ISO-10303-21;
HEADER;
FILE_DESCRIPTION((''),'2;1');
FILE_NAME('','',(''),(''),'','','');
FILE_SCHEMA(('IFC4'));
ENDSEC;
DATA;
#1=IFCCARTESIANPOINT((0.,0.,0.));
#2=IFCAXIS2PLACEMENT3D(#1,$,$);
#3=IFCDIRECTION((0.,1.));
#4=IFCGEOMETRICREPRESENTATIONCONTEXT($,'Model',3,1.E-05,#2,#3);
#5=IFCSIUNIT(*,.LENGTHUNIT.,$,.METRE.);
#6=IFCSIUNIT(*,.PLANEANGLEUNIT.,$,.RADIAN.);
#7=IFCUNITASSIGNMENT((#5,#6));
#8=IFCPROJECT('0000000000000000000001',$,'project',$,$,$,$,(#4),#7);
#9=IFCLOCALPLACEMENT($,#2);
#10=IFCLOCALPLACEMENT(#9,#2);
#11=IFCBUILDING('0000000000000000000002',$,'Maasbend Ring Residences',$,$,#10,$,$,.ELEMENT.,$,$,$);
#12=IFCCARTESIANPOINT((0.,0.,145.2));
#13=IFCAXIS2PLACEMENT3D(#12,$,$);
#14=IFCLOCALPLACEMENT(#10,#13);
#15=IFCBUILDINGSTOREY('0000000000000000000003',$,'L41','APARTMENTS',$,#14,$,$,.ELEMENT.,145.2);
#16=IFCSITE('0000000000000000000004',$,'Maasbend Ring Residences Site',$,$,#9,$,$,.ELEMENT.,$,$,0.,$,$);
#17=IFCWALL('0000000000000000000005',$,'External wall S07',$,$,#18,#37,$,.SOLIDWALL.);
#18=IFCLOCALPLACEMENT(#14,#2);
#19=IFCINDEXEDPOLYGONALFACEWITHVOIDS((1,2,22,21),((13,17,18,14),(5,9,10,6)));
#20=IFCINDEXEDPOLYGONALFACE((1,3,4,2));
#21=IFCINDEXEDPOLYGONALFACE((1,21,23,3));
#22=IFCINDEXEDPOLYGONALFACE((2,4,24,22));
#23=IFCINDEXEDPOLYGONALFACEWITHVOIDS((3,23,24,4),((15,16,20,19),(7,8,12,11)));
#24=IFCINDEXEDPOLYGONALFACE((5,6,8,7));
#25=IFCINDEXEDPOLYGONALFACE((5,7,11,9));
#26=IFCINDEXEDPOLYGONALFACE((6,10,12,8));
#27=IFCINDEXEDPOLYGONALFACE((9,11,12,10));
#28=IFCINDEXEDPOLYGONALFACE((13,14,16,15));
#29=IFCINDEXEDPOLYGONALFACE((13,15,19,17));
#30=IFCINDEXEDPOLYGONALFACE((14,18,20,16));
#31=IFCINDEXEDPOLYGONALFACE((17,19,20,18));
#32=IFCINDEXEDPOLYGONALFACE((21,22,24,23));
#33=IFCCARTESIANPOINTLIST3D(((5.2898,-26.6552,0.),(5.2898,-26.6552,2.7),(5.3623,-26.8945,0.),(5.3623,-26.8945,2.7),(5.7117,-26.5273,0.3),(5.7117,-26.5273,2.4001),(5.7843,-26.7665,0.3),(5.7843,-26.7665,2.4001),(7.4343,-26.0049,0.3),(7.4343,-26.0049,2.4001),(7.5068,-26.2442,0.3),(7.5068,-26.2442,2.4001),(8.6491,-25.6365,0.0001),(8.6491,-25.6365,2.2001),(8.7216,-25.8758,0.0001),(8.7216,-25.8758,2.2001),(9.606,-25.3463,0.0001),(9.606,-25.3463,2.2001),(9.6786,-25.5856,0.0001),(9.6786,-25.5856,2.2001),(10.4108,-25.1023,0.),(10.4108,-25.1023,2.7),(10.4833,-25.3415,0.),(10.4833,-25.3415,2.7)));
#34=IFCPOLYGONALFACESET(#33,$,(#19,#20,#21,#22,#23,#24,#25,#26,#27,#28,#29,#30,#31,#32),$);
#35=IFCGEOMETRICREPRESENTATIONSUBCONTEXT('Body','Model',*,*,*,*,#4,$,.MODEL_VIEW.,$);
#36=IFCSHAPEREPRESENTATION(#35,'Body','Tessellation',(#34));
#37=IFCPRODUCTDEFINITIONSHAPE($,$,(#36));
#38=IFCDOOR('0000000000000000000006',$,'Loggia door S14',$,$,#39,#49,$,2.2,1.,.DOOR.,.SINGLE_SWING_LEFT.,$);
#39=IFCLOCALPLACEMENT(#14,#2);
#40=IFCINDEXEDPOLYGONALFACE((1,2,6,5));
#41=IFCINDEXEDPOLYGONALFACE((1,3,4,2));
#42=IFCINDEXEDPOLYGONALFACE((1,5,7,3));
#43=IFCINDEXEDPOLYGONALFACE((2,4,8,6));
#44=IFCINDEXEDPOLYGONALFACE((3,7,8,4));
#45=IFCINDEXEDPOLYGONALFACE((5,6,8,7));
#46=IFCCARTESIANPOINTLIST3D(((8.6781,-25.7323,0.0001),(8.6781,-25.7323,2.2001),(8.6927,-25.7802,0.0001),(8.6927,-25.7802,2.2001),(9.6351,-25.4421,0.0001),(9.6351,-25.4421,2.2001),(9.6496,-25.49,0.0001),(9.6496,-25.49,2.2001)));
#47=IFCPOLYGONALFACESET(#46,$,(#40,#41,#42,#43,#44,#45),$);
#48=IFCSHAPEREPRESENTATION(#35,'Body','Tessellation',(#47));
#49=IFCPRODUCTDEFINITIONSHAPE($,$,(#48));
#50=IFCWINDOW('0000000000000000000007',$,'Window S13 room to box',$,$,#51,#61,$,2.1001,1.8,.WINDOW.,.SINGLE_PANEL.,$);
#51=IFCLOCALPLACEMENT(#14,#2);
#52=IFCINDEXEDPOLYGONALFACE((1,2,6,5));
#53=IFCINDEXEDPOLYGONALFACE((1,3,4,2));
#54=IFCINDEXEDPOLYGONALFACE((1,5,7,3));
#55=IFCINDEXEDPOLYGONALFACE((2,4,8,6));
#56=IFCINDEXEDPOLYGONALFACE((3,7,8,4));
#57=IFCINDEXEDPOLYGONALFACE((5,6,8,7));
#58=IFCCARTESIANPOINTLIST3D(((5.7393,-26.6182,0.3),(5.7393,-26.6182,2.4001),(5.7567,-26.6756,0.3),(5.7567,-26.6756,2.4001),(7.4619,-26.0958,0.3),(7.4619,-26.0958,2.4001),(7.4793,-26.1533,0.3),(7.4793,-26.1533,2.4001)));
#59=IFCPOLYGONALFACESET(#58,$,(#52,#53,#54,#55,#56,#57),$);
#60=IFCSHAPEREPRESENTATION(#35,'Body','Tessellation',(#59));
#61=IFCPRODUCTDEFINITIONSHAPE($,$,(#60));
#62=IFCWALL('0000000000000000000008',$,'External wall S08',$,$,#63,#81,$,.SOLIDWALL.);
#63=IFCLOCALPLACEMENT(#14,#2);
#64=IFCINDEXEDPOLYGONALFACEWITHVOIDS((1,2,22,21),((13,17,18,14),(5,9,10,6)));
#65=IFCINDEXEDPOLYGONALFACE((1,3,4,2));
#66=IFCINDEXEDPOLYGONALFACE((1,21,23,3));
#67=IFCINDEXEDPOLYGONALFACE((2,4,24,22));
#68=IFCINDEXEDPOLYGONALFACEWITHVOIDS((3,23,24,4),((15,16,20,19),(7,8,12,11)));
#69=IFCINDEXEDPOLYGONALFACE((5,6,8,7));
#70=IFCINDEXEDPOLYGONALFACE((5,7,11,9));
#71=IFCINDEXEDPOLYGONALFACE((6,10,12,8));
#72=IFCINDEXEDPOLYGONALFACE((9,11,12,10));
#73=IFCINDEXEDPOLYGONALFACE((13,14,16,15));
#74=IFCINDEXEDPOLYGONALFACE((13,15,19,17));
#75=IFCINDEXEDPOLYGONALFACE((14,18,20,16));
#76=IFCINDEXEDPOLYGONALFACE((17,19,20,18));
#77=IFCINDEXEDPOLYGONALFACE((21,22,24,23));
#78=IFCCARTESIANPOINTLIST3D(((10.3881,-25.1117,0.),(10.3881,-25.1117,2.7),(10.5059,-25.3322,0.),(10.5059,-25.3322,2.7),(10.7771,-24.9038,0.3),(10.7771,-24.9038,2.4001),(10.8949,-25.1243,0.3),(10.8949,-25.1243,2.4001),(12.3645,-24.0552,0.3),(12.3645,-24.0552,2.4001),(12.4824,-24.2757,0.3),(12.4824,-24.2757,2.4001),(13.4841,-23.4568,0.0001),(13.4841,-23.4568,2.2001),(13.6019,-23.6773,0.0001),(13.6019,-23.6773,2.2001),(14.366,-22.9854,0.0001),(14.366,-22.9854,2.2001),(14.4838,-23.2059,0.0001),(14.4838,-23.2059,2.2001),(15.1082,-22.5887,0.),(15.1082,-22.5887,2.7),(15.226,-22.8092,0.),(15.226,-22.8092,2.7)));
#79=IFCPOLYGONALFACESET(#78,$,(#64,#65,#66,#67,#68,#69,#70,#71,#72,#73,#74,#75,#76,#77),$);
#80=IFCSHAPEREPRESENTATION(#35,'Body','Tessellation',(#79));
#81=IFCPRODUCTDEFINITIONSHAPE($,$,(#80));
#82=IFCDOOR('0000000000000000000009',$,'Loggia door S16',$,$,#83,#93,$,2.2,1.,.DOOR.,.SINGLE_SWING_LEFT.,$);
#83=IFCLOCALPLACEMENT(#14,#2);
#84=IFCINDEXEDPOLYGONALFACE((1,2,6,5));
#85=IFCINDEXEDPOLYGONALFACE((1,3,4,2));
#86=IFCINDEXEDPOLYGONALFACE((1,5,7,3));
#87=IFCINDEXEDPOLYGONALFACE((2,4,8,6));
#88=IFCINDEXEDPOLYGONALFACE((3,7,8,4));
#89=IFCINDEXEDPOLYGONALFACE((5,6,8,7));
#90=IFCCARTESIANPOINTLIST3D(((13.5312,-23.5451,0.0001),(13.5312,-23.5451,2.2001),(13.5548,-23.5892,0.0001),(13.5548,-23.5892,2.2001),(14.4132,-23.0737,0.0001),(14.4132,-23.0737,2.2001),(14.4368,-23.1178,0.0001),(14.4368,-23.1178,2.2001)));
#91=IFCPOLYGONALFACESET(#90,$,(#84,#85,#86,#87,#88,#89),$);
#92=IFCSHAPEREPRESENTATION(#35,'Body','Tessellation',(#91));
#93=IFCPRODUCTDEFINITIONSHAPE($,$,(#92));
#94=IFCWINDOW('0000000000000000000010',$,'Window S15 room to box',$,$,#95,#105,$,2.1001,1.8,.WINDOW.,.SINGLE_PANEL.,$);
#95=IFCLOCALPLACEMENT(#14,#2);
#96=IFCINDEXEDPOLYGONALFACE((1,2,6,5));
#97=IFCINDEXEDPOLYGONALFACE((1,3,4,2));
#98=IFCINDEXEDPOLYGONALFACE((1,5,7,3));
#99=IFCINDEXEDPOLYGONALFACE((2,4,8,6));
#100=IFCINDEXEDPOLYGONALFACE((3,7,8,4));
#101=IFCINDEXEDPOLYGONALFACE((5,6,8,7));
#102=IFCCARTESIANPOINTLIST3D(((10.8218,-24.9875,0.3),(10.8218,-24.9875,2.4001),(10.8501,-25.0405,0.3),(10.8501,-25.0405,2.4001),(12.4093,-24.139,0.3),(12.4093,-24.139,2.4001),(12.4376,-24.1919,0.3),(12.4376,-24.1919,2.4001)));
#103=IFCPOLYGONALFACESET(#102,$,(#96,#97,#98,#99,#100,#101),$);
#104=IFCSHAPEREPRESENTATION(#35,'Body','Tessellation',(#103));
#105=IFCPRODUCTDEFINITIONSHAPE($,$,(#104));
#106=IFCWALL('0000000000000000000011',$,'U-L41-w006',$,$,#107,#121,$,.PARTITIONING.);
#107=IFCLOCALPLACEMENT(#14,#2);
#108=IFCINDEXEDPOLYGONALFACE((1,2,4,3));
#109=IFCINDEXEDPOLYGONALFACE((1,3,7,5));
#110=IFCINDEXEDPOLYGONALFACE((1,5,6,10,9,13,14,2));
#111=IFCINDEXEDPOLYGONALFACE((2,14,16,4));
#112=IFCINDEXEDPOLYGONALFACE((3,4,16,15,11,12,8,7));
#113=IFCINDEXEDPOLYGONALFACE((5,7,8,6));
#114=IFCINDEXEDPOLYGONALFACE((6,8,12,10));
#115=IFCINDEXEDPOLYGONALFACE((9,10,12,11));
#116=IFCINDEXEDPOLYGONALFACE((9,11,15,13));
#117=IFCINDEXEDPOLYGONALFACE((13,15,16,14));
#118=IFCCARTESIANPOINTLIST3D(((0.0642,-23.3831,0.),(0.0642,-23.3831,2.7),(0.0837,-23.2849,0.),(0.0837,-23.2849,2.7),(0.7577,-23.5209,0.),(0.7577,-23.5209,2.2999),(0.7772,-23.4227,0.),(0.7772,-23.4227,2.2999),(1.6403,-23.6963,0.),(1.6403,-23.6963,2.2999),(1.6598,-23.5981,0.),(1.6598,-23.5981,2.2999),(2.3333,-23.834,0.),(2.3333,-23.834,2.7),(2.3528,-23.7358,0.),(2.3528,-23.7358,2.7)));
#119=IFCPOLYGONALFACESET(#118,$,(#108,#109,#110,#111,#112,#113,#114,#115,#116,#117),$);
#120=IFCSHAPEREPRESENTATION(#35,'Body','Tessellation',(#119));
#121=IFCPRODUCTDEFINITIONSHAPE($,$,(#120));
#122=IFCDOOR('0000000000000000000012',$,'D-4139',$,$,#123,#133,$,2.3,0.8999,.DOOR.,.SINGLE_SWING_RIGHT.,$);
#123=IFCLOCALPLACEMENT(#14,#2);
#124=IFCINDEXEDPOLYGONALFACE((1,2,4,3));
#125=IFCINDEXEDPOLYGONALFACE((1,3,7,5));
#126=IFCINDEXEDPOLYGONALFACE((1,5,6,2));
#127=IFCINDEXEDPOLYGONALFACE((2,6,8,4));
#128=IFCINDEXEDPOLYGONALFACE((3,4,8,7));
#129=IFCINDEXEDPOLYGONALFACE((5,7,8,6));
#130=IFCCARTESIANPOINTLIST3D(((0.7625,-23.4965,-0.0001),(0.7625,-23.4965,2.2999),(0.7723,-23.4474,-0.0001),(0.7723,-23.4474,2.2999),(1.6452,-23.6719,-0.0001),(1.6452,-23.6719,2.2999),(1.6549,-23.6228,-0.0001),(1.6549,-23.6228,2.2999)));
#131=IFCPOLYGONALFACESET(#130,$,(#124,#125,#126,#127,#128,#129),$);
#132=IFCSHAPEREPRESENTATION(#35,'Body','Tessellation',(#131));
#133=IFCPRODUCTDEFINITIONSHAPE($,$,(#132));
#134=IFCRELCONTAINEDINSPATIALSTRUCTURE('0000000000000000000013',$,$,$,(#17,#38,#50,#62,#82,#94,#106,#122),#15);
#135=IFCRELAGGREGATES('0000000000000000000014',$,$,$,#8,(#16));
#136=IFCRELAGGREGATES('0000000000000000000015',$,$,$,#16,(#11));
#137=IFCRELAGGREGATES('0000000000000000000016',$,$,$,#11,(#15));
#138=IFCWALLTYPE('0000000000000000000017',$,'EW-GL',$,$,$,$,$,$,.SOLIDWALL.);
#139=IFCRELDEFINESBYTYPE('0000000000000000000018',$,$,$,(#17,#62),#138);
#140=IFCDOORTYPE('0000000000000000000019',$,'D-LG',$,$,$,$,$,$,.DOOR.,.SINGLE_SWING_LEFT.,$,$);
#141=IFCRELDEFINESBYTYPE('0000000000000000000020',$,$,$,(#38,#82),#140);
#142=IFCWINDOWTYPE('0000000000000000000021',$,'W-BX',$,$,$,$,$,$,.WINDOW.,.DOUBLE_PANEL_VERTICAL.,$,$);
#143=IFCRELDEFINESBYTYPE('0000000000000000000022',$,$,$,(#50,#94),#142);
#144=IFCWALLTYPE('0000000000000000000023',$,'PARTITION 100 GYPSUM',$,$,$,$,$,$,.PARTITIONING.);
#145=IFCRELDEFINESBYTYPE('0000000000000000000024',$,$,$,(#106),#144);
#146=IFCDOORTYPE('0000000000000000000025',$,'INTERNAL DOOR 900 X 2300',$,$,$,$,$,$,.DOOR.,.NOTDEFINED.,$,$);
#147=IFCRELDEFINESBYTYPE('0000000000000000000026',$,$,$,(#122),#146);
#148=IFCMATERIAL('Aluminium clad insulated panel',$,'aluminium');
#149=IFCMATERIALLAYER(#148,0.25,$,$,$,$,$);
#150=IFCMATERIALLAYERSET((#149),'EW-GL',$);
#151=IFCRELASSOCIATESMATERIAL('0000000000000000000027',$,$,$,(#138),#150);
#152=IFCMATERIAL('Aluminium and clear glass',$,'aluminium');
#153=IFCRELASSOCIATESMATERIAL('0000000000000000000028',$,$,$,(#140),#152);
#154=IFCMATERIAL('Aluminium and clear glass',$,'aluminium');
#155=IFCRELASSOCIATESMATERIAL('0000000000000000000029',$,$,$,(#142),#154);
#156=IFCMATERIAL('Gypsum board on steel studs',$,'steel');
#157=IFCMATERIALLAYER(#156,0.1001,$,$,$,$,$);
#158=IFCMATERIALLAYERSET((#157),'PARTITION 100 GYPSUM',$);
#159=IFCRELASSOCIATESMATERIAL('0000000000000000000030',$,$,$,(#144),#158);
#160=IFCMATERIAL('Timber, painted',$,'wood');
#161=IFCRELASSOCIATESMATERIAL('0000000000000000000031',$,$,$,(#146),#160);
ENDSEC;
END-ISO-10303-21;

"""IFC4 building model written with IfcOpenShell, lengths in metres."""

from ifc_helpers import new_model, si_unit, direction, frame, frame_2d, origin, place, context, subcontext, project, spatial, rectangle, extrude, material, layer, layer_set, type_object, element, fill, save


model = new_model("IFC4")

# Units and contexts
model_context = context("Model", 3, precision=1e-05, world=origin(), true_north=direction((0.0, 1.0)))
body_context = subcontext(model_context, "Body", "Model", "MODEL_VIEW")
ifc_project = project(units=[si_unit("LENGTHUNIT", "METRE"), si_unit("PLANEANGLEUNIT", "RADIAN")], contexts=[model_context])

# Site, building, storey
site_placement = place(None, origin())
site = spatial("IfcSite", under=ifc_project, at=site_placement, Name="Maasbend Ring Residences Site", CompositionType="ELEMENT", RefElevation=0.0)
building_placement = place(site_placement, origin())
building = spatial("IfcBuilding", under=site, at=building_placement, Name="Maasbend Ring Residences", CompositionType="ELEMENT")
storey_placement = place(building_placement, frame((0.0, 0.0, 145.2)))
storey = spatial("IfcBuildingStorey", under=building, at=storey_placement, Name="L41", Description="APARTMENTS", CompositionType="ELEMENT", Elevation=145.2)

# Walls, openings, doors, windows
ifc_material_1 = material(Name="Aluminium clad insulated panel", Category="aluminium")
ifc_layer_1 = layer(ifc_material_1, 0.25)
ifc_layer_set_1 = layer_set([ifc_layer_1], Name="EW-GL")
wall_type_1 = type_object("IfcWallType", Name="EW-GL", PredefinedType="SOLIDWALL", material=ifc_layer_set_1)
wall_1_placement = place(storey_placement, frame((5.3259, -26.7749, 0.0), z_axis=(0.0, 0.0, 1.0), x_axis=(0.956966, 0.290201, 0.0)))
wall_1 = element("IfcWall", 1, at=wall_1_placement, inside=storey, type_object=wall_type_1, Name="External wall S07", PredefinedType="SOLIDWALL", context=body_context, shape_type="SweptSolid", body=[
    extrude(rectangle(XDim=5.3513, YDim=0.25, at=frame_2d((2.6758, 0.0))), origin(), (0.0, 0.0, 1.0), 2.7),
])
opening_1_placement = place(wall_1_placement, frame((0.4412, 0.0, 0.3)))
opening_1 = element("IfcOpeningElement", 2, at=opening_1_placement, cuts=wall_1, PredefinedType="OPENING", context=body_context, shape_type="SweptSolid", body=[
    extrude(rectangle(XDim=1.8, YDim=2.1001, at=frame_2d((0.8999, 1.05))), frame((0.0, 0.135, 0.0), z_axis=(0.0, -1.0, 0.0), x_axis=(1.0, 0.0, 0.0)), (0.0, 0.0, 1.0), 0.27),
])
opening_2_placement = place(wall_1_placement, frame((3.5105, 0.0, 0.0)))
opening_2 = element("IfcOpeningElement", 3, at=opening_2_placement, cuts=wall_1, PredefinedType="OPENING", context=body_context, shape_type="SweptSolid", body=[
    extrude(rectangle(XDim=1.0, YDim=2.2, at=frame_2d((0.5, 1.1001))), frame((0.0, 0.135, 0.0), z_axis=(0.0, -1.0, 0.0), x_axis=(1.0, 0.0, 0.0)), (0.0, 0.0, 1.0), 0.27),
])
ifc_material_2 = material(Name="Aluminium and clear glass", Category="aluminium")
door_type_1 = type_object("IfcDoorType", Name="D-LG", OperationType="SINGLE_SWING_LEFT", PredefinedType="DOOR", material=ifc_material_2)
door_1_placement = place(opening_2_placement, origin())
door_1 = element("IfcDoor", 4, at=door_1_placement, inside=storey, type_object=door_type_1, Name="Loggia door S14", OperationType="SINGLE_SWING_LEFT", OverallHeight=2.2, OverallWidth=1.0, PredefinedType="DOOR", context=body_context, shape_type="SweptSolid", body=[
    extrude(rectangle(XDim=1.0, YDim=2.2, at=frame_2d((0.5, 1.1001))), frame((0.0, 0.0249, 0.0), z_axis=(0.0, -1.0, 0.0), x_axis=(1.0, 0.0, 0.0)), (0.0, 0.0, 1.0), 0.05),
])
fill(opening_2, door_1)
ifc_material_3 = material(Name="Aluminium and clear glass", Category="aluminium")
window_type_1 = type_object("IfcWindowType", Name="W-BX", PartitioningType="DOUBLE_PANEL_VERTICAL", PredefinedType="WINDOW", material=ifc_material_3)
window_1_placement = place(opening_1_placement, origin())
window_1 = element("IfcWindow", 5, at=window_1_placement, inside=storey, type_object=window_type_1, Name="Window S13 room to box", OverallHeight=2.1001, OverallWidth=1.8, PartitioningType="SINGLE_PANEL", PredefinedType="WINDOW", context=body_context, shape_type="SweptSolid", body=[
    extrude(rectangle(XDim=1.8, YDim=2.1001, at=frame_2d((0.8999, 1.05))), frame((0.0, 0.03, 0.0), z_axis=(0.0, -1.0, 0.0), x_axis=(1.0, 0.0, 0.0)), (0.0, 0.0, 1.0), 0.0601),
])
fill(opening_1, window_1)
wall_2_placement = place(storey_placement, frame((10.447, -25.2219, 0.0), z_axis=(0.0, 0.0, 1.0), x_axis=(0.881916, 0.471407, 0.0)))
wall_2 = element("IfcWall", 6, at=wall_2_placement, inside=storey, type_object=wall_type_1, Name="External wall S08", PredefinedType="SOLIDWALL", context=body_context, shape_type="SweptSolid", body=[
    extrude(rectangle(XDim=5.3521, YDim=0.25, at=frame_2d((2.676, 0.0))), origin(), (0.0, 0.0, 1.0), 2.7),
])
opening_3_placement = place(wall_2_placement, frame((0.4412, 0.0, 0.3)))
opening_3 = element("IfcOpeningElement", 7, at=opening_3_placement, cuts=wall_2, PredefinedType="OPENING", context=body_context, shape_type="SweptSolid", body=[
    extrude(rectangle(XDim=1.8, YDim=2.1001, at=frame_2d((0.8999, 1.05))), frame((0.0, 0.135, 0.0), z_axis=(0.0, -1.0, 0.0), x_axis=(1.0, 0.0, 0.0)), (0.0, 0.0, 1.0), 0.27),
])
opening_4_placement = place(wall_2_placement, frame((3.5105, 0.0, 0.0)))
opening_4 = element("IfcOpeningElement", 8, at=opening_4_placement, cuts=wall_2, PredefinedType="OPENING", context=body_context, shape_type="SweptSolid", body=[
    extrude(rectangle(XDim=1.0, YDim=2.2, at=frame_2d((0.5, 1.1001))), frame((0.0, 0.135, 0.0), z_axis=(0.0, -1.0, 0.0), x_axis=(1.0, 0.0, 0.0)), (0.0, 0.0, 1.0), 0.27),
])
door_2_placement = place(opening_4_placement, origin())
door_2 = element("IfcDoor", 9, at=door_2_placement, inside=storey, type_object=door_type_1, Name="Loggia door S16", OperationType="SINGLE_SWING_LEFT", OverallHeight=2.2, OverallWidth=1.0, PredefinedType="DOOR", context=body_context, shape_type="SweptSolid", body=[
    extrude(rectangle(XDim=1.0, YDim=2.2, at=frame_2d((0.5, 1.1001))), frame((0.0, 0.0249, 0.0), z_axis=(0.0, -1.0, 0.0), x_axis=(1.0, 0.0, 0.0)), (0.0, 0.0, 1.0), 0.05),
])
fill(opening_4, door_2)
window_2_placement = place(opening_3_placement, origin())
window_2 = element("IfcWindow", 10, at=window_2_placement, inside=storey, type_object=window_type_1, Name="Window S15 room to box", OverallHeight=2.1001, OverallWidth=1.8, PartitioningType="SINGLE_PANEL", PredefinedType="WINDOW", context=body_context, shape_type="SweptSolid", body=[
    extrude(rectangle(XDim=1.8, YDim=2.1001, at=frame_2d((0.8999, 1.05))), frame((0.0, 0.03, 0.0), z_axis=(0.0, -1.0, 0.0), x_axis=(1.0, 0.0, 0.0)), (0.0, 0.0, 1.0), 0.0601),
])
fill(opening_3, window_2)

# Wall, opening, door
ifc_material_4 = material(Name="Gypsum board on steel studs", Category="steel")
ifc_layer_2 = layer(ifc_material_4, 0.1001)
ifc_layer_set_2 = layer_set([ifc_layer_2], Name="PARTITION 100 GYPSUM")
wall_type_2 = type_object("IfcWallType", Name="PARTITION 100 GYPSUM", PredefinedType="PARTITIONING", material=ifc_layer_set_2)
wall_3_placement = place(storey_placement, frame((0.074, -23.334, 0.0), z_axis=(0.0, 0.0, 1.0), x_axis=(0.980819, -0.194919, 0.0)))
wall_3 = element("IfcWall", 11, at=wall_3_placement, inside=storey, type_object=wall_type_2, Name="U-L41-w006", PredefinedType="PARTITIONING", context=body_context, shape_type="SweptSolid", body=[
    extrude(rectangle(XDim=2.3135, YDim=0.1001, at=frame_2d((1.1567, 0.0))), origin(), (0.0, 0.0, 1.0), 2.7),
])
opening_5_placement = place(wall_3_placement, frame((0.707, 0.0, 0.0)))
opening_5 = element("IfcOpeningElement", 12, at=opening_5_placement, cuts=wall_3, PredefinedType="OPENING", context=body_context, shape_type="SweptSolid", body=[
    extrude(rectangle(XDim=0.8999, YDim=2.3, at=frame_2d((0.45, 1.1499))), frame((0.0, 0.0601, 0.0), z_axis=(0.0, -1.0, 0.0), x_axis=(1.0, 0.0, 0.0)), (0.0, 0.0, 1.0), 0.1201),
])
ifc_material_5 = material(Name="Timber, painted", Category="wood")
door_type_2 = type_object("IfcDoorType", Name="INTERNAL DOOR 900 X 2300", OperationType="NOTDEFINED", PredefinedType="DOOR", material=ifc_material_5)
door_3_placement = place(opening_5_placement, origin())
door_3 = element("IfcDoor", 13, at=door_3_placement, inside=storey, type_object=door_type_2, Name="D-4139", OperationType="SINGLE_SWING_RIGHT", OverallHeight=2.3, OverallWidth=0.8999, PredefinedType="DOOR", context=body_context, shape_type="SweptSolid", body=[
    extrude(rectangle(XDim=0.8999, YDim=2.3, at=frame_2d((0.45, 1.1499))), frame((0.0, 0.0249, 0.0), z_axis=(0.0, -1.0, 0.0), x_axis=(1.0, 0.0, 0.0)), (0.0, 0.0, 1.0), 0.05),
])
fill(opening_5, door_3)

save(model, "model.ifc")
